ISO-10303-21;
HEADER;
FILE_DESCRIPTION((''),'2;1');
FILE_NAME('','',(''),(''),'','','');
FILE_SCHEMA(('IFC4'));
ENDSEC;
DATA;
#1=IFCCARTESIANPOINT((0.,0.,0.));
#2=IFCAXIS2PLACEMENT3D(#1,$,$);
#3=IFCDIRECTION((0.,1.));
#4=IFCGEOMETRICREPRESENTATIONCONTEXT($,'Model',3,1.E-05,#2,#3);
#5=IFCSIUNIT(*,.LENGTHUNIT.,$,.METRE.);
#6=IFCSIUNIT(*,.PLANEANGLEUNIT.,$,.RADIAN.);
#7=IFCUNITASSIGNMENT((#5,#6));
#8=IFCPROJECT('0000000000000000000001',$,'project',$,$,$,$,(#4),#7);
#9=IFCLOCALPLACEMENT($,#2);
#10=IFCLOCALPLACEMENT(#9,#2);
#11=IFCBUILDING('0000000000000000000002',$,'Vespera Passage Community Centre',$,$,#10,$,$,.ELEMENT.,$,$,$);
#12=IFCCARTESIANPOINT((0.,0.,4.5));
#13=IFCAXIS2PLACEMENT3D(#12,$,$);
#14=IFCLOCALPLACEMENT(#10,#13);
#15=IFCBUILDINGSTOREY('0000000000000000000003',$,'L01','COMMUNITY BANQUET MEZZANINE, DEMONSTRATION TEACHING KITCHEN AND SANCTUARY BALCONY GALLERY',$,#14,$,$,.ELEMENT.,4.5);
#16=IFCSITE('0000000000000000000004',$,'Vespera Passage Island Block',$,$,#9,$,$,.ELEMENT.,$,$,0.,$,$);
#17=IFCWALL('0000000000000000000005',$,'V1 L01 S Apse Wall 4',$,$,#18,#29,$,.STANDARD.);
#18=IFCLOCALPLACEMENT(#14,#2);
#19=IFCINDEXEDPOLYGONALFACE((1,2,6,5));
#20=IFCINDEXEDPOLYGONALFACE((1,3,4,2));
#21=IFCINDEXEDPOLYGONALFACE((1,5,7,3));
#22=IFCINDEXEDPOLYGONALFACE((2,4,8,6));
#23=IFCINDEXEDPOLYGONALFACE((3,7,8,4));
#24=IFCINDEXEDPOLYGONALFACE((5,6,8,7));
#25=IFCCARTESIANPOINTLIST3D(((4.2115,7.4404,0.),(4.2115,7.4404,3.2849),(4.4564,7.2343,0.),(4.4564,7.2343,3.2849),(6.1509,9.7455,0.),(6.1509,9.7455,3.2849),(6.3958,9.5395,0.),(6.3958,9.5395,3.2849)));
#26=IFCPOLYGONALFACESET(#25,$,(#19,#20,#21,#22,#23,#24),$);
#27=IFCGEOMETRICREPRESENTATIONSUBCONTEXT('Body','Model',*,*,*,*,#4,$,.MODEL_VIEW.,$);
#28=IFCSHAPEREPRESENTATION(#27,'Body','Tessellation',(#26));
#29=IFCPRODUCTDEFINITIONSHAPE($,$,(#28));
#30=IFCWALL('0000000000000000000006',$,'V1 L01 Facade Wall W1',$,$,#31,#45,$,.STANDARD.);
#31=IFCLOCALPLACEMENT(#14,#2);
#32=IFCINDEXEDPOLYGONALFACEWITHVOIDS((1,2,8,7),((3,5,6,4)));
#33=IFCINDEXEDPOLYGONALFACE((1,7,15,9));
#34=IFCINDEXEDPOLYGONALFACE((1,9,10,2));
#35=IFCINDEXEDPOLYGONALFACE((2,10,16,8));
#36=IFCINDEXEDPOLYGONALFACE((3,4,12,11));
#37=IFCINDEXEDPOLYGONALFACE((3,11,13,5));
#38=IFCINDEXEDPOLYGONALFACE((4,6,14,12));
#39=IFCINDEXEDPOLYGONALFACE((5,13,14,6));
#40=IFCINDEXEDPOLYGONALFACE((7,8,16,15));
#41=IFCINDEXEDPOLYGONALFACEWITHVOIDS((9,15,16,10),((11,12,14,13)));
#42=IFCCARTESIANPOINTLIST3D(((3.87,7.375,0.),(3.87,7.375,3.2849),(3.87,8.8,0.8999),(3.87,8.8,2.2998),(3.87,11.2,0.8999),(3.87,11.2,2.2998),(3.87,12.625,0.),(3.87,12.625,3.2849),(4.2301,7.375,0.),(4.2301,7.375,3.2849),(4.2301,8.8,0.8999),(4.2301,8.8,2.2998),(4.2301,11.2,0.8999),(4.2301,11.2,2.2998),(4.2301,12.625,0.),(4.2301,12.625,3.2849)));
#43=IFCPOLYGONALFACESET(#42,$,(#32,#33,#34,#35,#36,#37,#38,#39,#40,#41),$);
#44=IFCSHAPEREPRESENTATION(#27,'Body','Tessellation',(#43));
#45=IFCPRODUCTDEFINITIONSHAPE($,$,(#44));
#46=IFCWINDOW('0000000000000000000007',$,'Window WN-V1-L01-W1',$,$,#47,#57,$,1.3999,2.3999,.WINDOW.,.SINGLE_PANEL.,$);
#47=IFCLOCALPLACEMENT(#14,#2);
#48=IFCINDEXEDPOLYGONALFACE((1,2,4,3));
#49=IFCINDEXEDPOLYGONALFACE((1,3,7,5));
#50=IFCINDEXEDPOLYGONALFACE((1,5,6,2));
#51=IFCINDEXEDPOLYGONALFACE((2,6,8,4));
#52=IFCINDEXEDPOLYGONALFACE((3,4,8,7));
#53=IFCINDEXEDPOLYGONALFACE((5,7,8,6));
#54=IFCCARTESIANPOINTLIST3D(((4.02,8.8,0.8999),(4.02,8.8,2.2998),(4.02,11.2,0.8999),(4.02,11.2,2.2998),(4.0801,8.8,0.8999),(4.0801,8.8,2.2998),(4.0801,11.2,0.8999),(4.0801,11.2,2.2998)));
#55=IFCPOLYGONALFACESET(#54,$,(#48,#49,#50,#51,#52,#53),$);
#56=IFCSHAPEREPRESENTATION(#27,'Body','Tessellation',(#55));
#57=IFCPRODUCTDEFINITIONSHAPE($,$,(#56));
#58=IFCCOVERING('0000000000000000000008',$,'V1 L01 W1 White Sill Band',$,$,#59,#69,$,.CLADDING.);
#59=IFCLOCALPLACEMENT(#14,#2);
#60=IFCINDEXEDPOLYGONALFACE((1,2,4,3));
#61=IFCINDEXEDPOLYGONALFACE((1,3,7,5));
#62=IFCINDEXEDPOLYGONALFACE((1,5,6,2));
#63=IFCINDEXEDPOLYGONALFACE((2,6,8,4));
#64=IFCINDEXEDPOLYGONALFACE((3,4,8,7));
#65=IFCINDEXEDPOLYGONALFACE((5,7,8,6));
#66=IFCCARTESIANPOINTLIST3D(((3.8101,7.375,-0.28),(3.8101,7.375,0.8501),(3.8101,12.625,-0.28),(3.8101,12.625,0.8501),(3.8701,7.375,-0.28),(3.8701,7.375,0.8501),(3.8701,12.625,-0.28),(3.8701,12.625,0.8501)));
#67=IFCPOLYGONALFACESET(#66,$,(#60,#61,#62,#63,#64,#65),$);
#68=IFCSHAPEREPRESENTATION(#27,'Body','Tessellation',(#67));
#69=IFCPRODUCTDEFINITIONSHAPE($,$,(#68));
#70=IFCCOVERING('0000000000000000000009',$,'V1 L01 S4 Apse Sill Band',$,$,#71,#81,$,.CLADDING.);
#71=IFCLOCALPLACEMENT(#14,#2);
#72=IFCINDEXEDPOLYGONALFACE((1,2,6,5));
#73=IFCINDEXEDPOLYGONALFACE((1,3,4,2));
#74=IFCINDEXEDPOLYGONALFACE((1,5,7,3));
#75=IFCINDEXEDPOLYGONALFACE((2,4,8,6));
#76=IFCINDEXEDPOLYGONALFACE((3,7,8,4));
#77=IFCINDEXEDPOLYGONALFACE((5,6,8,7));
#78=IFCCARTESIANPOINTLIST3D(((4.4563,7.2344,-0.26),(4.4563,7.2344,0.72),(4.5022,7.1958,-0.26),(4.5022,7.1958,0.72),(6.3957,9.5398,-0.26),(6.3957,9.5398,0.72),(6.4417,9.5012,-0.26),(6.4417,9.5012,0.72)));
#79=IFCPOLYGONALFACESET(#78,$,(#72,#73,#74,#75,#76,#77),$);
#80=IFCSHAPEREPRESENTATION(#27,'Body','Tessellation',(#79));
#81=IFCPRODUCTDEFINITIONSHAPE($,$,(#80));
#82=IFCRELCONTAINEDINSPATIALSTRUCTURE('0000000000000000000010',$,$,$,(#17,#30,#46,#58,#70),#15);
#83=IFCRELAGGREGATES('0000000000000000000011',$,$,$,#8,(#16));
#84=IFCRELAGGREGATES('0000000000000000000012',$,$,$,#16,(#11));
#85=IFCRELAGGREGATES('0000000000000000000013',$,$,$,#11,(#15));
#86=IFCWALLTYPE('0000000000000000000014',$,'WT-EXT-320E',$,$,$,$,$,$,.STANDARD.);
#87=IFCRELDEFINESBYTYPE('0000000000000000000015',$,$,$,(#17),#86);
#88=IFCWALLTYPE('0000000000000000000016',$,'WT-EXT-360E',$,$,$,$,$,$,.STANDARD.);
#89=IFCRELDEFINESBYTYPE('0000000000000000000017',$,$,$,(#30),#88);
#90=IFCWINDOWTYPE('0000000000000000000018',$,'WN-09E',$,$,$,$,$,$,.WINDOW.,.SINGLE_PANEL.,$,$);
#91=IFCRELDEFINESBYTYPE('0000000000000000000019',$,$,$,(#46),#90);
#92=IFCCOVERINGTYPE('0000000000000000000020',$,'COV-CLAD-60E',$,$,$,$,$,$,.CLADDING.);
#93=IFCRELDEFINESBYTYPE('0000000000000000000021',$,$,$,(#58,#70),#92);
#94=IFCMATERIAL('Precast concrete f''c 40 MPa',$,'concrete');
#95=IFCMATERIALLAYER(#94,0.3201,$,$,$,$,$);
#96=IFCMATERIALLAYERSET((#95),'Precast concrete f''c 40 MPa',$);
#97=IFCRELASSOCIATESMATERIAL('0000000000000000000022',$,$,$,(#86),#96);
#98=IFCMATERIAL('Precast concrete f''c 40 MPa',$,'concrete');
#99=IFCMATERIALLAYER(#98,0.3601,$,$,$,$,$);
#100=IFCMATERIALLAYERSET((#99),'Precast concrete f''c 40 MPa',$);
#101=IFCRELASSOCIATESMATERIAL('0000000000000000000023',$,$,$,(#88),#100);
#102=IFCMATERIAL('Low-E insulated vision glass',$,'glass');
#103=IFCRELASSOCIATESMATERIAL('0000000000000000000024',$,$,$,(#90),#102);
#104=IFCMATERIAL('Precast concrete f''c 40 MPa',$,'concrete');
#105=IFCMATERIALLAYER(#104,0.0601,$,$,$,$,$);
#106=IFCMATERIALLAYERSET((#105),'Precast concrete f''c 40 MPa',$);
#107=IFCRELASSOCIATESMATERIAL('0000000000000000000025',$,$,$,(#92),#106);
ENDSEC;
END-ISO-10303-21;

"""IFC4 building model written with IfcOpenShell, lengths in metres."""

from ifc_helpers import new_model, si_unit, direction, frame, frame_2d, origin, place, context, subcontext, project, spatial, rectangle, extrude, material, layer, layer_set, type_object, element, fill, save


model = new_model("IFC4")

# Units and contexts
model_context = context("Model", 3, precision=1e-05, world=origin(), true_north=direction((0.0, 1.0)))
body_context = subcontext(model_context, "Body", "Model", "MODEL_VIEW")
ifc_project = project(units=[si_unit("LENGTHUNIT", "METRE"), si_unit("PLANEANGLEUNIT", "RADIAN")], contexts=[model_context])

# Site, building, storey
site_placement = place(None, origin())
site = spatial("IfcSite", under=ifc_project, at=site_placement, Name="Vespera Passage Island Block", CompositionType="ELEMENT", RefElevation=0.0)
building_placement = place(site_placement, origin())
building = spatial("IfcBuilding", under=site, at=building_placement, Name="Vespera Passage Community Centre", CompositionType="ELEMENT")
storey_placement = place(building_placement, frame((0.0, 0.0, 4.5)))
storey = spatial("IfcBuildingStorey", under=building, at=storey_placement, Name="L01", Description="COMMUNITY BANQUET MEZZANINE, DEMONSTRATION TEACHING KITCHEN AND SANCTUARY BALCONY GALLERY", CompositionType="ELEMENT", Elevation=4.5)

# Wall
ifc_material_1 = material(Name="Precast concrete f'c 40 MPa", Category="concrete")
ifc_layer_1 = layer(ifc_material_1, 0.3201)
ifc_layer_set_1 = layer_set([ifc_layer_1], Name="Precast concrete f'c 40 MPa")
wall_type_1 = type_object("IfcWallType", Name="WT-EXT-320E", PredefinedType="STANDARD", material=ifc_layer_set_1)
wall_1_placement = place(storey_placement, frame((6.2734, 9.6426, 0.0), z_axis=(0.0, 0.0, 1.0), x_axis=(-0.643796, -0.765197, 0.0)))
element("IfcWall", 1, at=wall_1_placement, inside=storey, type_object=wall_type_1, Name="V1 L01 S Apse Wall 4", PredefinedType="STANDARD", context=body_context, shape_type="SweptSolid", body=[
    extrude(rectangle(XDim=3.0125, YDim=0.3201, at=frame_2d((1.5063, 0.0))), origin(), (0.0, 0.0, 1.0), 3.2849),
])

# Wall, opening, window
ifc_material_2 = material(Name="Precast concrete f'c 40 MPa", Category="concrete")
ifc_layer_2 = layer(ifc_material_2, 0.3601)
ifc_layer_set_2 = layer_set([ifc_layer_2], Name="Precast concrete f'c 40 MPa")
wall_type_2 = type_object("IfcWallType", Name="WT-EXT-360E", PredefinedType="STANDARD", material=ifc_layer_set_2)
wall_2_placement = place(storey_placement, frame((4.05, 7.375, 0.0), z_axis=(0.0, 0.0, 1.0), x_axis=(0.0, 1.0, 0.0)))
wall_2 = element("IfcWall", 2, at=wall_2_placement, inside=storey, type_object=wall_type_2, Name="V1 L01 Facade Wall W1", PredefinedType="STANDARD", context=body_context, shape_type="SweptSolid", body=[
    extrude(rectangle(XDim=5.25, YDim=0.3601, at=frame_2d((2.625, 0.0))), origin(), (0.0, 0.0, 1.0), 3.2849),
])
opening_placement = place(wall_2_placement, frame((1.425, 0.0, 0.8999)))
opening = element("IfcOpeningElement", 3, at=opening_placement, cuts=wall_2, PredefinedType="OPENING", context=body_context, shape_type="SweptSolid", body=[
    extrude(rectangle(XDim=2.3999, YDim=1.3999, at=frame_2d((1.2, 0.7))), frame((0.0, 0.1902, 0.0), z_axis=(0.0, -1.0, 0.0), x_axis=(1.0, 0.0, 0.0)), (0.0, 0.0, 1.0), 0.3801),
])
ifc_material_3 = material(Name="Low-E insulated vision glass", Category="glass")
window_type = type_object("IfcWindowType", Name="WN-09E", PartitioningType="SINGLE_PANEL", PredefinedType="WINDOW", material=ifc_material_3)
window_placement = place(opening_placement, origin())
window = element("IfcWindow", 4, at=window_placement, inside=storey, type_object=window_type, Name="Window WN-V1-L01-W1", OverallHeight=1.3999, OverallWidth=2.3999, PartitioningType="SINGLE_PANEL", PredefinedType="WINDOW", context=body_context, shape_type="SweptSolid", body=[
    extrude(rectangle(XDim=2.3999, YDim=1.3999, at=frame_2d((1.2, 0.7))), frame((0.0, 0.03, 0.0), z_axis=(0.0, -1.0, 0.0), x_axis=(1.0, 0.0, 0.0)), (0.0, 0.0, 1.0), 0.0601),
])
fill(opening, window)

# Coverings
ifc_material_4 = material(Name="Precast concrete f'c 40 MPa", Category="concrete")
ifc_layer_3 = layer(ifc_material_4, 0.0601)
ifc_layer_set_3 = layer_set([ifc_layer_3], Name="Precast concrete f'c 40 MPa")
covering_type = type_object("IfcCoveringType", Name="COV-CLAD-60E", PredefinedType="CLADDING", material=ifc_layer_set_3)
covering_1_placement = place(storey_placement, frame((3.8401, 7.375, -0.28), z_axis=(0.0, 0.0, 1.0), x_axis=(0.0, 1.0, 0.0)))
element("IfcCovering", 5, at=covering_1_placement, inside=storey, type_object=covering_type, Name="V1 L01 W1 White Sill Band", PredefinedType="CLADDING", context=body_context, shape_type="SweptSolid", body=[
    extrude(rectangle(XDim=5.25, YDim=0.0601, at=frame_2d((2.625, 0.0))), origin(), (0.0, 0.0, 1.0), 1.1301),
])
covering_2_placement = place(storey_placement, frame((6.4187, 9.5205, -0.26), z_axis=(0.0, 0.0, 1.0), x_axis=(-0.643756, -0.765231, 0.0)))
element("IfcCovering", 6, at=covering_2_placement, inside=storey, type_object=covering_type, Name="V1 L01 S4 Apse Sill Band", PredefinedType="CLADDING", context=body_context, shape_type="SweptSolid", body=[
    extrude(rectangle(XDim=3.0127, YDim=0.0601, at=frame_2d((1.5063, 0.0))), origin(), (0.0, 0.0, 1.0), 0.98),
])

save(model, "model.ifc")
